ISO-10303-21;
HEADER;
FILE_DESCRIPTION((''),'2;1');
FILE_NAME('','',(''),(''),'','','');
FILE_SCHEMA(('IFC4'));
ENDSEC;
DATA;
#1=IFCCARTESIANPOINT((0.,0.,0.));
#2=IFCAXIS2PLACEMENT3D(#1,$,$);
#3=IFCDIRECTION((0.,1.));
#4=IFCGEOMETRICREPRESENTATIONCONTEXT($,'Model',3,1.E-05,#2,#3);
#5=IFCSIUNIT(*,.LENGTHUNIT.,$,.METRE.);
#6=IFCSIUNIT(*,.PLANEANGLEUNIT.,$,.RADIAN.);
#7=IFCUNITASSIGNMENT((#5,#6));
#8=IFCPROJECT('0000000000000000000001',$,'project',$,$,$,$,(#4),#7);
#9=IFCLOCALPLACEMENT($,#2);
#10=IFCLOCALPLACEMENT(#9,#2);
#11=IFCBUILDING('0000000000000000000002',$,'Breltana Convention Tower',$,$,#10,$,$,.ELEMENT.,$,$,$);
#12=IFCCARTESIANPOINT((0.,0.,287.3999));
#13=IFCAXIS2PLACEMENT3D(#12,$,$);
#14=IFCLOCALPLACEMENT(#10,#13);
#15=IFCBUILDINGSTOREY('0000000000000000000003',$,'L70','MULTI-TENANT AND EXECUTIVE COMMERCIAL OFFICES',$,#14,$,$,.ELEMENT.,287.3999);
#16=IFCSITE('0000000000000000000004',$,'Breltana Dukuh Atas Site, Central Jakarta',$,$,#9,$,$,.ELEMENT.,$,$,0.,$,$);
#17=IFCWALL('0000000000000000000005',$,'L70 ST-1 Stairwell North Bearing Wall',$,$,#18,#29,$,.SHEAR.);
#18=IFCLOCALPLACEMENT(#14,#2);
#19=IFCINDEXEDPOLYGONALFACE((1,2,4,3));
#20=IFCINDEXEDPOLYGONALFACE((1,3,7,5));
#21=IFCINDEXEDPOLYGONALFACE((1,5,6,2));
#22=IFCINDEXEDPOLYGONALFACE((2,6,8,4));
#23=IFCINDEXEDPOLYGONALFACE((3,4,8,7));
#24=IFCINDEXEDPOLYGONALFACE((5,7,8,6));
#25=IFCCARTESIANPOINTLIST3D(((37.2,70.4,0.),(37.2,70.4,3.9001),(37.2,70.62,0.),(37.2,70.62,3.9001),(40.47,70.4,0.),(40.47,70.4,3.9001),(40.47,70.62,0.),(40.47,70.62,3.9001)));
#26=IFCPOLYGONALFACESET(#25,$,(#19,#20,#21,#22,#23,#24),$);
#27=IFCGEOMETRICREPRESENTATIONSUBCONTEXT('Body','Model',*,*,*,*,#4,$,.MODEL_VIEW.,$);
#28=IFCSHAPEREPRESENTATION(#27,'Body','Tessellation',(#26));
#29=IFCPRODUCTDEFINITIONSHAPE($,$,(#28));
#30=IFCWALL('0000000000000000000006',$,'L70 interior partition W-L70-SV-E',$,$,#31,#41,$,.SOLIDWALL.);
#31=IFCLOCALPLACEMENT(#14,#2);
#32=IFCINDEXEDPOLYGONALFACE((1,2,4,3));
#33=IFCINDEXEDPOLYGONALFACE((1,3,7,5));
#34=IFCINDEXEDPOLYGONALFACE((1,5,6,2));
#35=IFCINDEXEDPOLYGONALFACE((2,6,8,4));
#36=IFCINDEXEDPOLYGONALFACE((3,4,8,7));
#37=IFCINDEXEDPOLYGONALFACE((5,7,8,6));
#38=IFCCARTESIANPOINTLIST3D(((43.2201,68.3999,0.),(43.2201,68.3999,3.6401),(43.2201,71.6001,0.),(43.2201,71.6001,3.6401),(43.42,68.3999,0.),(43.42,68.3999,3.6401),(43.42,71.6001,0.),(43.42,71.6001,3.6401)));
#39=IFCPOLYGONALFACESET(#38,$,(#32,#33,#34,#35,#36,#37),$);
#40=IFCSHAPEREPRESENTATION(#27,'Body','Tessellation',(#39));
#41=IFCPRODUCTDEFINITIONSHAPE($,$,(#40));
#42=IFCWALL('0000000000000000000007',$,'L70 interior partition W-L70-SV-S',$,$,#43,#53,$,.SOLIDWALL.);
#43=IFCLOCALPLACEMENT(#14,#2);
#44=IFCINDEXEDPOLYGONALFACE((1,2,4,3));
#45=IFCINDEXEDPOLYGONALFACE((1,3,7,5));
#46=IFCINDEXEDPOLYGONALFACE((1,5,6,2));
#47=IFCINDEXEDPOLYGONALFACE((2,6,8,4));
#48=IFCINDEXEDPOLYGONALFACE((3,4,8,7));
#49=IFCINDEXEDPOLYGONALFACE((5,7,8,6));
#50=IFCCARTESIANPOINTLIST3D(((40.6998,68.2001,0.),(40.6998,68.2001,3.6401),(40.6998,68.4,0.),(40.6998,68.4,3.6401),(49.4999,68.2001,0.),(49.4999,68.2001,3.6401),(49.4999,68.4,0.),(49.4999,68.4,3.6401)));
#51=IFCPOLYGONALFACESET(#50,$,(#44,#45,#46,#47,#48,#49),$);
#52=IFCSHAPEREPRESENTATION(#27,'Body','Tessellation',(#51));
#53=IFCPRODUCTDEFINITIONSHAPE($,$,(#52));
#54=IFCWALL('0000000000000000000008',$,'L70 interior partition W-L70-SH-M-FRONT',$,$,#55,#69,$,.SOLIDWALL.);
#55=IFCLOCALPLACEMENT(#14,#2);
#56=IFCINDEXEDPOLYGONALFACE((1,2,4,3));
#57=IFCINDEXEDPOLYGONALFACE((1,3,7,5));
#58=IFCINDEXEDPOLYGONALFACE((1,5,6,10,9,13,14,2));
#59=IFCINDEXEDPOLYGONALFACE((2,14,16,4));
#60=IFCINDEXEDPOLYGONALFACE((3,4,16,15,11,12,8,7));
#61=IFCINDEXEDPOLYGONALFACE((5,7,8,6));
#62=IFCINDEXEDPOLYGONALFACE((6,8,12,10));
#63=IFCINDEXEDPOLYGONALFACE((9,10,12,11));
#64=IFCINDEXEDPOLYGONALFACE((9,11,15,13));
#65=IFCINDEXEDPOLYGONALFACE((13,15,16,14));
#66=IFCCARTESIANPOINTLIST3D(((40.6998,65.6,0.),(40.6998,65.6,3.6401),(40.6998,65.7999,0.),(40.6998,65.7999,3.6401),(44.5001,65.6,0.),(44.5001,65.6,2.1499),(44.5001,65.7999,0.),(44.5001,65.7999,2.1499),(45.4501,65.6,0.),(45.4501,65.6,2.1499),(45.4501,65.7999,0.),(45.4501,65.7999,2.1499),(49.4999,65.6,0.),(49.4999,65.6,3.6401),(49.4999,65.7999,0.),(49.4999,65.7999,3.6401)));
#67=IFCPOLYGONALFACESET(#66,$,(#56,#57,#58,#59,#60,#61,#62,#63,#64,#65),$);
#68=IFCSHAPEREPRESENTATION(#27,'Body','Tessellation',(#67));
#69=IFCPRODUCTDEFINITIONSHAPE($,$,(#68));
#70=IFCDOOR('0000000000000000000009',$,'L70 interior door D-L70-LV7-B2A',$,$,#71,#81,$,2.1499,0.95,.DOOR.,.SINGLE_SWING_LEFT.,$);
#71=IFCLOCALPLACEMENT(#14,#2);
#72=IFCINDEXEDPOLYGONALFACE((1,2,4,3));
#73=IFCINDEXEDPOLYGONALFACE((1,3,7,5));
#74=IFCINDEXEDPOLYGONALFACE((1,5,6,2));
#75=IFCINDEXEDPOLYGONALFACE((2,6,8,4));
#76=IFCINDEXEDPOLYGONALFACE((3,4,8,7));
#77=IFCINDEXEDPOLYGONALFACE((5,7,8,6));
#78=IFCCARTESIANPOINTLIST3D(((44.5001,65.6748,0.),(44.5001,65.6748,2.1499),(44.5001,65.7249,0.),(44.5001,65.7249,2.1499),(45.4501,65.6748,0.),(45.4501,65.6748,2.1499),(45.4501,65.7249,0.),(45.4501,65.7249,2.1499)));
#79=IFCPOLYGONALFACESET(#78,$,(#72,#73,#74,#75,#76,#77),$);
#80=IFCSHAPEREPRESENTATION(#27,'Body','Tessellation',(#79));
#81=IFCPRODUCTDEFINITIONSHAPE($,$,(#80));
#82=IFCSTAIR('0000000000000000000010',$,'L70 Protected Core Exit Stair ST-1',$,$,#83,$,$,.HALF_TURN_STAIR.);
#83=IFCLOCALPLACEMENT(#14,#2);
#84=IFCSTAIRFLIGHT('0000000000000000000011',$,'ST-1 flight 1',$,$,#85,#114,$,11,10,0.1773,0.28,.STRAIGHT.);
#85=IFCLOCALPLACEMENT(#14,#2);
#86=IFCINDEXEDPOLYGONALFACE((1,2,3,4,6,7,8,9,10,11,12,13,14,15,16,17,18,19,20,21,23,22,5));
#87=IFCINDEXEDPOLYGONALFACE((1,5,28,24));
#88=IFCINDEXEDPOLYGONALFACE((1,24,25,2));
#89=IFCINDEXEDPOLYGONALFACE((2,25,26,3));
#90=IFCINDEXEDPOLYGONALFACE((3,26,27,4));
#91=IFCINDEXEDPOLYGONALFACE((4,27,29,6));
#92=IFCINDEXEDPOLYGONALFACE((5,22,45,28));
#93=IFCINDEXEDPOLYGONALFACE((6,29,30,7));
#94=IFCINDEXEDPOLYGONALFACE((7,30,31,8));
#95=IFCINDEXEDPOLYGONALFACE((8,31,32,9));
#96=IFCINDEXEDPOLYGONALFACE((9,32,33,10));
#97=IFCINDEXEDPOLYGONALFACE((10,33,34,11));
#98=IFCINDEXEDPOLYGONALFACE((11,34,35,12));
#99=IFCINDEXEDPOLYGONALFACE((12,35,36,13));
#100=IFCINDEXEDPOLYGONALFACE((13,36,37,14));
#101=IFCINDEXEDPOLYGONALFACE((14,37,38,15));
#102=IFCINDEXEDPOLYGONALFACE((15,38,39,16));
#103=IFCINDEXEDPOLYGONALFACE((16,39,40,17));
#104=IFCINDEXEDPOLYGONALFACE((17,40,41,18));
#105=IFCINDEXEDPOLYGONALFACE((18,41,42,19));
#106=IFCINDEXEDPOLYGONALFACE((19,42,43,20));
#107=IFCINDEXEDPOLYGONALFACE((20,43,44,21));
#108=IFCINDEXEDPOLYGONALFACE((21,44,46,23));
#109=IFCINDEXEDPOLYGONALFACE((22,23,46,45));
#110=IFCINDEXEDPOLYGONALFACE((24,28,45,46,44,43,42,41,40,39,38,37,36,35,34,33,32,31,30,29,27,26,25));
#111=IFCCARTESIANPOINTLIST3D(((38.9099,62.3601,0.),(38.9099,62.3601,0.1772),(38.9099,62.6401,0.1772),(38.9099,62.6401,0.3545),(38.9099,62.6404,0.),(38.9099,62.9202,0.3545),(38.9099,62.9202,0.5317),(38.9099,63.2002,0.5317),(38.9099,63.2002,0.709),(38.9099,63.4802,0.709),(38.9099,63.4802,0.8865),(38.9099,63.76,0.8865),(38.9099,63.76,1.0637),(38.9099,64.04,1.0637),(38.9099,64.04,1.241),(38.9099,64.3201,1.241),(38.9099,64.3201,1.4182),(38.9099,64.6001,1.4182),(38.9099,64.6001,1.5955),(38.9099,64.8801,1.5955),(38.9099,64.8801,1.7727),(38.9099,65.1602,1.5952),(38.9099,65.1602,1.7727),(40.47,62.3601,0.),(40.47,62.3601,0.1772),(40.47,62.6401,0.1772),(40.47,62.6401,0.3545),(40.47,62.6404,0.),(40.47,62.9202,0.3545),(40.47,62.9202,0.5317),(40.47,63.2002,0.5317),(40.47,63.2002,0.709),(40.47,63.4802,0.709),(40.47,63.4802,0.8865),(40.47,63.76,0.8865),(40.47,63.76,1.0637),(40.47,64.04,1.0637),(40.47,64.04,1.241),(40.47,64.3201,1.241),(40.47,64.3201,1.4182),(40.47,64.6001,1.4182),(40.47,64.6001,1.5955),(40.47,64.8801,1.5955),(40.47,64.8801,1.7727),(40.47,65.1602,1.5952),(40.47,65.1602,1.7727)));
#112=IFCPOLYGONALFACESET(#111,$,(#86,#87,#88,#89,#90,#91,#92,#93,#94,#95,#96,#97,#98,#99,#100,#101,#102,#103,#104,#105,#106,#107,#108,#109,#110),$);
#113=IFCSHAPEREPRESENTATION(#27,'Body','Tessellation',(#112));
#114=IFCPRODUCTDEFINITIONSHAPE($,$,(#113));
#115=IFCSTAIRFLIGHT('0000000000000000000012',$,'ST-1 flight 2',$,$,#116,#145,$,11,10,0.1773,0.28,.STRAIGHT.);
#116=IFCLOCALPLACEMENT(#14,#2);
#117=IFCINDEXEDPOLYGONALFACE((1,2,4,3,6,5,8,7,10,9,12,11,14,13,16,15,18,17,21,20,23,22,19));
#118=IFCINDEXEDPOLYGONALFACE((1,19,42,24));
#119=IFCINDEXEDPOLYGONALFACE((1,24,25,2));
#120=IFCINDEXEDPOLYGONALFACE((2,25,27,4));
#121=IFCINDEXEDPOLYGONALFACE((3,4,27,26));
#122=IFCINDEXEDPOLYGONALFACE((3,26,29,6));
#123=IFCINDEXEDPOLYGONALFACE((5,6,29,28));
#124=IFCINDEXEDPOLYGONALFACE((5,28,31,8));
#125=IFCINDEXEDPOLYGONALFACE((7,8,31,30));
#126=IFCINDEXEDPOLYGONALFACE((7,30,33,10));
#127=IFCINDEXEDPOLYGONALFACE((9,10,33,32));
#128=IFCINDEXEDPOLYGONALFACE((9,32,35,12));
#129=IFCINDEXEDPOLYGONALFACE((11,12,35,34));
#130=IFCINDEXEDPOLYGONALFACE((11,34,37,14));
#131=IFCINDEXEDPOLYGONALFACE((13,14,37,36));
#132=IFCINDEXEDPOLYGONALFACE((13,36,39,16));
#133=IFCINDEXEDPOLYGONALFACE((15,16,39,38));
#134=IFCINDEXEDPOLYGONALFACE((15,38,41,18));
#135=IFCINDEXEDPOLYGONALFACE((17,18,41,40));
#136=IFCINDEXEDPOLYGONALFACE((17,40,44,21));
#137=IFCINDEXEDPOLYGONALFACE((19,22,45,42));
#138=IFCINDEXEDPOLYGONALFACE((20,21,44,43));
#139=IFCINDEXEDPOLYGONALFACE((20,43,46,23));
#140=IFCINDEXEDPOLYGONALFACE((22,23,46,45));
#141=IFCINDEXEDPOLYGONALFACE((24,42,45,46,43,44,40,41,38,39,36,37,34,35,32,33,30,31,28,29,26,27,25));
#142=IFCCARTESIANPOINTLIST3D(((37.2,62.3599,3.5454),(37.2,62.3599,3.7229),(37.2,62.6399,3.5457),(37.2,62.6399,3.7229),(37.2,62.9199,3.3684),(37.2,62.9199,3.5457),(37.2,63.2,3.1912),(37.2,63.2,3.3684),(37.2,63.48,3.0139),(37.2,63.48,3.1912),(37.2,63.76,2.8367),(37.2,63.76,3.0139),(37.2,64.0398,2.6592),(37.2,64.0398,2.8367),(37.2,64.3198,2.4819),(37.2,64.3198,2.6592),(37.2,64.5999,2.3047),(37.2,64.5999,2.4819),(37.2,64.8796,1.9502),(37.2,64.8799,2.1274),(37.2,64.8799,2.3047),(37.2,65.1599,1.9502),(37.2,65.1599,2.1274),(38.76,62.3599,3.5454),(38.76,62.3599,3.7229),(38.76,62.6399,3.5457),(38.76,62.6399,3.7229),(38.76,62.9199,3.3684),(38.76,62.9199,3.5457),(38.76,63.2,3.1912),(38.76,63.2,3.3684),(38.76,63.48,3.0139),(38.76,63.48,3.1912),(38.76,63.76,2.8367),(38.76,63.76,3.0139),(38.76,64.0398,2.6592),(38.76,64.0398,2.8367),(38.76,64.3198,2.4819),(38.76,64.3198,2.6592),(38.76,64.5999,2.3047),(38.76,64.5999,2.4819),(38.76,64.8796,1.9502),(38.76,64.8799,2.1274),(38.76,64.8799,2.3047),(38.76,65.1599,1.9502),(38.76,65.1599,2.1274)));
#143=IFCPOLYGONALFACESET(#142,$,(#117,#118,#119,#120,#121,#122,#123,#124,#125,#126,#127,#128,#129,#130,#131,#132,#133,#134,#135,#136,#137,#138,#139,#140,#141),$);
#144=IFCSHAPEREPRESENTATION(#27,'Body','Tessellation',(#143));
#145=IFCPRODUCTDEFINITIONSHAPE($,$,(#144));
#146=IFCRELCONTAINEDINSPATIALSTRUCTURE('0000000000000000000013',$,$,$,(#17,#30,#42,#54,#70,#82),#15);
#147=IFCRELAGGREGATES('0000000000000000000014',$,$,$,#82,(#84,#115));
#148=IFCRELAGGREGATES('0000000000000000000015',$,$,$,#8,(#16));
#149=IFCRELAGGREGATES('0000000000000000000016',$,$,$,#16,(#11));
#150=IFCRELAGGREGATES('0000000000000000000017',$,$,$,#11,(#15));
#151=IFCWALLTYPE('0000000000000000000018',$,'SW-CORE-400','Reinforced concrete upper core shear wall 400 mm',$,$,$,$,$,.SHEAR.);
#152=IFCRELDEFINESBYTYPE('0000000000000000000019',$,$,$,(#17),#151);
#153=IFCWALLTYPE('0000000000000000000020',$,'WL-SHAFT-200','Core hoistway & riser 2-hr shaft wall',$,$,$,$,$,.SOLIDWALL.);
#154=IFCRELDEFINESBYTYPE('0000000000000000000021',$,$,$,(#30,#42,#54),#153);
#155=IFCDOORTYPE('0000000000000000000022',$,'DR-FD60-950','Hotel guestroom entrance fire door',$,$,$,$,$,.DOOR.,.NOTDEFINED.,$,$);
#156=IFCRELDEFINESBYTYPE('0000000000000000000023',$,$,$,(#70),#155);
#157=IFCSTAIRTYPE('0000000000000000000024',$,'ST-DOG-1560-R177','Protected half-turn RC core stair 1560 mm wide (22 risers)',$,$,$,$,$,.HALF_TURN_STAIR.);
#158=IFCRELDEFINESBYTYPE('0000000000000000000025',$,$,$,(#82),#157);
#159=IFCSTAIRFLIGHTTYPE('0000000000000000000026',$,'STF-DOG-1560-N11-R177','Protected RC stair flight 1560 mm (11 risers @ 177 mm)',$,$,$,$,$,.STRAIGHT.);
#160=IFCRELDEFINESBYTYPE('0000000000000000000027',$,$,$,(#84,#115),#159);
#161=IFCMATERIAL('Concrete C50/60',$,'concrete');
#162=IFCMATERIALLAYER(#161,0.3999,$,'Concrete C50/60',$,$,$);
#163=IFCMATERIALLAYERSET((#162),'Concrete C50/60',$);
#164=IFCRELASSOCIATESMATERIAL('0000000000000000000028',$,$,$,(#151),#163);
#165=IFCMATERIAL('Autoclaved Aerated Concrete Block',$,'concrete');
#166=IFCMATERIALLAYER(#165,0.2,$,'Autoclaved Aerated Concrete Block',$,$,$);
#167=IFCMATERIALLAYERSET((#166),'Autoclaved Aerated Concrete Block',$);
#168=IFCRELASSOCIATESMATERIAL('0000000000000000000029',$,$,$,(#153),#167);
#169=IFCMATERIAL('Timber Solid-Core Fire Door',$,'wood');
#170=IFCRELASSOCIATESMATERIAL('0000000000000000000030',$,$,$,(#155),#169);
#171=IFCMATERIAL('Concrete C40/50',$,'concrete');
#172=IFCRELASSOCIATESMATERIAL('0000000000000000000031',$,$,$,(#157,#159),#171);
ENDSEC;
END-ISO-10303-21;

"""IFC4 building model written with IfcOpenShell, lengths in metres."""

from ifc_helpers import new_model, si_unit, direction, frame, frame_2d, origin, place, context, subcontext, project, spatial, polyline, rectangle, outline, extrude, source, transform, mapped, material, layer, layer_set, type_object, type_shapes, element, fill, aggregate, save


model = new_model("IFC4")

# Units and contexts
model_context = context("Model", 3, precision=1e-05, world=origin(), true_north=direction((0.0, 1.0)))
body_context = subcontext(model_context, "Body", "Model", "MODEL_VIEW")
ifc_project = project(units=[si_unit("LENGTHUNIT", "METRE"), si_unit("PLANEANGLEUNIT", "RADIAN")], contexts=[model_context])

# Site, building, storey
site_placement = place(None, origin())
site = spatial("IfcSite", under=ifc_project, at=site_placement, Name="Breltana Dukuh Atas Site, Central Jakarta", CompositionType="ELEMENT", RefElevation=0.0)
building_placement = place(site_placement, origin())
building = spatial("IfcBuilding", under=site, at=building_placement, Name="Breltana Convention Tower", CompositionType="ELEMENT")
storey_placement = place(building_placement, frame((0.0, 0.0, 287.3999)))
storey = spatial("IfcBuildingStorey", under=building, at=storey_placement, Name="L70", Description="MULTI-TENANT AND EXECUTIVE COMMERCIAL OFFICES", CompositionType="ELEMENT", Elevation=287.3999)

# Walls
ifc_material_1 = material(Name="Concrete C50/60", Category="concrete")
ifc_layer_1 = layer(ifc_material_1, 0.3999, Name="Concrete C50/60")
ifc_layer_set_1 = layer_set([ifc_layer_1], Name="Concrete C50/60")
wall_type_1 = type_object("IfcWallType", Name="SW-CORE-400", Description="Reinforced concrete upper core shear wall 400 mm", PredefinedType="SHEAR", material=ifc_layer_set_1)
shared_shape_1 = source(origin(), body_context, "Body", "SweptSolid", [
    extrude(rectangle(XDim=3.27, YDim=0.22, at=frame_2d((1.635, 0.0))), origin(), (0.0, 0.0, 1.0), 3.9001),
])
wall_1_placement = place(storey_placement, frame((37.2, 70.51, 0.0), z_axis=(0.0, 0.0, 1.0), x_axis=(1.0, 0.0, 0.0)))
element("IfcWall", 1, at=wall_1_placement, inside=storey, type_object=wall_type_1, Name="L70 ST-1 Stairwell North Bearing Wall", PredefinedType="SHEAR", context=body_context, shape_type="MappedRepresentation", body=[
    mapped(shared_shape_1, transform((0.0, 0.0, 0.0), scale=1.0)),
])
ifc_material_2 = material(Name="Autoclaved Aerated Concrete Block", Category="concrete")
ifc_layer_2 = layer(ifc_material_2, 0.2, Name="Autoclaved Aerated Concrete Block")
ifc_layer_set_2 = layer_set([ifc_layer_2], Name="Autoclaved Aerated Concrete Block")
wall_type_2 = type_object("IfcWallType", Name="WL-SHAFT-200", Description="Core hoistway & riser 2-hr shaft wall", PredefinedType="SOLIDWALL", material=ifc_layer_set_2)
shared_shape_2 = source(origin(), body_context, "Body", "SweptSolid", [
    extrude(rectangle(XDim=3.2002, YDim=0.2, at=frame_2d((1.6001, 0.0))), origin(), (0.0, 0.0, 1.0), 3.6401),
])
wall_2_placement = place(storey_placement, frame((43.3201, 68.3999, 0.0), z_axis=(0.0, 0.0, 1.0), x_axis=(0.0, 1.0, 0.0)))
element("IfcWall", 2, at=wall_2_placement, inside=storey, type_object=wall_type_2, Name="L70 interior partition W-L70-SV-E", PredefinedType="SOLIDWALL", context=body_context, shape_type="MappedRepresentation", body=[
    mapped(shared_shape_2, transform((0.0, 0.0, 0.0), scale=1.0)),
])
shared_shape_3 = source(origin(), body_context, "Body", "SweptSolid", [
    extrude(rectangle(XDim=8.8, YDim=0.2, at=frame_2d((4.3999, 0.0))), origin(), (0.0, 0.0, 1.0), 3.6401),
])
wall_3_placement = place(storey_placement, frame((40.7, 68.3, 0.0), z_axis=(0.0, 0.0, 1.0), x_axis=(1.0, 0.0, 0.0)))
element("IfcWall", 3, at=wall_3_placement, inside=storey, type_object=wall_type_2, Name="L70 interior partition W-L70-SV-S", PredefinedType="SOLIDWALL", context=body_context, shape_type="MappedRepresentation", body=[
    mapped(shared_shape_3, transform((0.0, 0.0, 0.0), scale=1.0)),
])

# Wall, opening, door
wall_4_placement = place(storey_placement, frame((40.7, 65.7, 0.0), z_axis=(0.0, 0.0, 1.0), x_axis=(1.0, 0.0, 0.0)))
wall_4 = element("IfcWall", 4, at=wall_4_placement, inside=storey, type_object=wall_type_2, Name="L70 interior partition W-L70-SH-M-FRONT", PredefinedType="SOLIDWALL", context=body_context, shape_type="MappedRepresentation", body=[
    mapped(shared_shape_3, transform((0.0, 0.0, 0.0), scale=1.0)),
])
opening_1_placement = place(wall_4_placement, frame((3.8, 0.0, 0.0)))
opening_1 = element("IfcOpeningElement", 5, at=opening_1_placement, cuts=wall_4, PredefinedType="OPENING", context=body_context, shape_type="SweptSolid", body=[
    extrude(rectangle(XDim=0.95, YDim=2.1499, at=frame_2d((0.4751, 1.075))), frame((0.0, 0.1099, 0.0), z_axis=(0.0, -1.0, 0.0), x_axis=(1.0, 0.0, 0.0)), (0.0, 0.0, 1.0), 0.22),
])
ifc_material_3 = material(Name="Timber Solid-Core Fire Door", Category="wood")
door_type_1 = type_object("IfcDoorType", Name="DR-FD60-950", Description="Hotel guestroom entrance fire door", OperationType="NOTDEFINED", PredefinedType="DOOR", material=ifc_material_3)
shared_shape_4 = source(origin(), body_context, "Body", "SweptSolid", [
    extrude(rectangle(XDim=0.95, YDim=2.1499, at=frame_2d((0.4751, 1.075))), frame((0.0, 0.0249, 0.0), z_axis=(0.0, -1.0, 0.0), x_axis=(1.0, 0.0, 0.0)), (0.0, 0.0, 1.0), 0.05),
])
type_shapes(door_type_1, [shared_shape_4])
door_1_placement = place(opening_1_placement, origin())
door_1 = element("IfcDoor", 6, at=door_1_placement, inside=storey, type_object=door_type_1, Name="L70 interior door D-L70-LV7-B2A", OperationType="SINGLE_SWING_LEFT", OverallHeight=2.1499, OverallWidth=0.95, PredefinedType="DOOR", context=body_context, shape_type="MappedRepresentation", body=[
    mapped(shared_shape_4, transform((0.0, 0.0, 0.0), scale=1.0)),
])
fill(opening_1, door_1)

# Stair, stair flights
ifc_material_4 = material(Name="Concrete C40/50", Category="concrete")
stair_type = type_object("IfcStairType", Name="ST-DOG-1560-R177", Description="Protected half-turn RC core stair 1560 mm wide (22 risers)", PredefinedType="HALF_TURN_STAIR", material=ifc_material_4)
stair_placement = place(storey_placement, origin())
stair = element("IfcStair", 7, at=stair_placement, inside=storey, type_object=stair_type, Name="L70 Protected Core Exit Stair ST-1", PredefinedType="HALF_TURN_STAIR")
stair_flight_type = type_object("IfcStairFlightType", Name="STF-DOG-1560-N11-R177", Description="Protected RC stair flight 1560 mm (11 risers @ 177 mm)", PredefinedType="STRAIGHT", material=ifc_material_4)
stair_flight_1_placement = place(storey_placement, frame((39.6899, 62.3601, 0.0), z_axis=(0.0, 0.0, 1.0), x_axis=(0.0, 1.0, 0.0)))
stair_flight_1 = element("IfcStairFlight", 8, at=stair_flight_1_placement, type_object=stair_flight_type, Name="ST-1 flight 1", NumberOfRisers=11, NumberOfTreads=10, PredefinedType="STRAIGHT", RiserHeight=0.1773, TreadLength=0.28, context=body_context, shape_type="SweptSolid", body=[
    extrude(outline(polyline([(0.0, 0.0), (0.0, 0.1772), (0.28, 0.1772), (0.28, 0.3545), (0.5601, 0.3545), (0.5601, 0.5317), (0.8401, 0.5317), (0.8401, 0.709), (1.1201, 0.709), (1.1201, 0.8865), (1.3999, 0.8865), (1.3999, 1.0637), (1.6799, 1.0637), (1.6799, 1.241), (1.96, 1.241), (1.96, 1.4182), (2.24, 1.4182), (2.24, 1.5955), (2.52, 1.5955), (2.52, 1.7727), (2.8, 1.7727), (2.8, 1.95), (2.8, 1.5952), (0.2803, 0.0), (0.0, 0.0)])), frame((0.0, 0.78, 0.0), z_axis=(0.0, -1.0, 0.0), x_axis=(1.0, 0.0, 0.0)), (0.0, 0.0, 1.0), 1.5601),
])
stair_flight_2_placement = place(storey_placement, frame((37.98, 65.1599, 1.9502), z_axis=(0.0, 0.0, 1.0), x_axis=(0.0, -1.0, 0.0)))
stair_flight_2 = element("IfcStairFlight", 9, at=stair_flight_2_placement, type_object=stair_flight_type, Name="ST-1 flight 2", NumberOfRisers=11, NumberOfTreads=10, PredefinedType="STRAIGHT", RiserHeight=0.1773, TreadLength=0.28, context=body_context, shape_type="SweptSolid", body=[
    extrude(outline(polyline([(0.0, 0.0), (0.0, 0.1772), (0.28, 0.1772), (0.28, 0.3545), (0.5601, 0.3545), (0.5601, 0.5317), (0.8401, 0.5317), (0.8401, 0.709), (1.1201, 0.709), (1.1201, 0.8865), (1.3999, 0.8865), (1.3999, 1.0637), (1.6799, 1.0637), (1.6799, 1.241), (1.96, 1.241), (1.96, 1.4182), (2.24, 1.4182), (2.24, 1.5955), (2.52, 1.5955), (2.52, 1.7727), (2.8, 1.7727), (2.8, 1.95), (2.8, 1.5952), (0.2803, 0.0), (0.0, 0.0)])), frame((0.0, 0.78, 0.0), z_axis=(0.0, -1.0, 0.0), x_axis=(1.0, 0.0, 0.0)), (0.0, 0.0, 1.0), 1.5601),
])
aggregate(stair, [stair_flight_1, stair_flight_2])

save(model, "model.ifc")
